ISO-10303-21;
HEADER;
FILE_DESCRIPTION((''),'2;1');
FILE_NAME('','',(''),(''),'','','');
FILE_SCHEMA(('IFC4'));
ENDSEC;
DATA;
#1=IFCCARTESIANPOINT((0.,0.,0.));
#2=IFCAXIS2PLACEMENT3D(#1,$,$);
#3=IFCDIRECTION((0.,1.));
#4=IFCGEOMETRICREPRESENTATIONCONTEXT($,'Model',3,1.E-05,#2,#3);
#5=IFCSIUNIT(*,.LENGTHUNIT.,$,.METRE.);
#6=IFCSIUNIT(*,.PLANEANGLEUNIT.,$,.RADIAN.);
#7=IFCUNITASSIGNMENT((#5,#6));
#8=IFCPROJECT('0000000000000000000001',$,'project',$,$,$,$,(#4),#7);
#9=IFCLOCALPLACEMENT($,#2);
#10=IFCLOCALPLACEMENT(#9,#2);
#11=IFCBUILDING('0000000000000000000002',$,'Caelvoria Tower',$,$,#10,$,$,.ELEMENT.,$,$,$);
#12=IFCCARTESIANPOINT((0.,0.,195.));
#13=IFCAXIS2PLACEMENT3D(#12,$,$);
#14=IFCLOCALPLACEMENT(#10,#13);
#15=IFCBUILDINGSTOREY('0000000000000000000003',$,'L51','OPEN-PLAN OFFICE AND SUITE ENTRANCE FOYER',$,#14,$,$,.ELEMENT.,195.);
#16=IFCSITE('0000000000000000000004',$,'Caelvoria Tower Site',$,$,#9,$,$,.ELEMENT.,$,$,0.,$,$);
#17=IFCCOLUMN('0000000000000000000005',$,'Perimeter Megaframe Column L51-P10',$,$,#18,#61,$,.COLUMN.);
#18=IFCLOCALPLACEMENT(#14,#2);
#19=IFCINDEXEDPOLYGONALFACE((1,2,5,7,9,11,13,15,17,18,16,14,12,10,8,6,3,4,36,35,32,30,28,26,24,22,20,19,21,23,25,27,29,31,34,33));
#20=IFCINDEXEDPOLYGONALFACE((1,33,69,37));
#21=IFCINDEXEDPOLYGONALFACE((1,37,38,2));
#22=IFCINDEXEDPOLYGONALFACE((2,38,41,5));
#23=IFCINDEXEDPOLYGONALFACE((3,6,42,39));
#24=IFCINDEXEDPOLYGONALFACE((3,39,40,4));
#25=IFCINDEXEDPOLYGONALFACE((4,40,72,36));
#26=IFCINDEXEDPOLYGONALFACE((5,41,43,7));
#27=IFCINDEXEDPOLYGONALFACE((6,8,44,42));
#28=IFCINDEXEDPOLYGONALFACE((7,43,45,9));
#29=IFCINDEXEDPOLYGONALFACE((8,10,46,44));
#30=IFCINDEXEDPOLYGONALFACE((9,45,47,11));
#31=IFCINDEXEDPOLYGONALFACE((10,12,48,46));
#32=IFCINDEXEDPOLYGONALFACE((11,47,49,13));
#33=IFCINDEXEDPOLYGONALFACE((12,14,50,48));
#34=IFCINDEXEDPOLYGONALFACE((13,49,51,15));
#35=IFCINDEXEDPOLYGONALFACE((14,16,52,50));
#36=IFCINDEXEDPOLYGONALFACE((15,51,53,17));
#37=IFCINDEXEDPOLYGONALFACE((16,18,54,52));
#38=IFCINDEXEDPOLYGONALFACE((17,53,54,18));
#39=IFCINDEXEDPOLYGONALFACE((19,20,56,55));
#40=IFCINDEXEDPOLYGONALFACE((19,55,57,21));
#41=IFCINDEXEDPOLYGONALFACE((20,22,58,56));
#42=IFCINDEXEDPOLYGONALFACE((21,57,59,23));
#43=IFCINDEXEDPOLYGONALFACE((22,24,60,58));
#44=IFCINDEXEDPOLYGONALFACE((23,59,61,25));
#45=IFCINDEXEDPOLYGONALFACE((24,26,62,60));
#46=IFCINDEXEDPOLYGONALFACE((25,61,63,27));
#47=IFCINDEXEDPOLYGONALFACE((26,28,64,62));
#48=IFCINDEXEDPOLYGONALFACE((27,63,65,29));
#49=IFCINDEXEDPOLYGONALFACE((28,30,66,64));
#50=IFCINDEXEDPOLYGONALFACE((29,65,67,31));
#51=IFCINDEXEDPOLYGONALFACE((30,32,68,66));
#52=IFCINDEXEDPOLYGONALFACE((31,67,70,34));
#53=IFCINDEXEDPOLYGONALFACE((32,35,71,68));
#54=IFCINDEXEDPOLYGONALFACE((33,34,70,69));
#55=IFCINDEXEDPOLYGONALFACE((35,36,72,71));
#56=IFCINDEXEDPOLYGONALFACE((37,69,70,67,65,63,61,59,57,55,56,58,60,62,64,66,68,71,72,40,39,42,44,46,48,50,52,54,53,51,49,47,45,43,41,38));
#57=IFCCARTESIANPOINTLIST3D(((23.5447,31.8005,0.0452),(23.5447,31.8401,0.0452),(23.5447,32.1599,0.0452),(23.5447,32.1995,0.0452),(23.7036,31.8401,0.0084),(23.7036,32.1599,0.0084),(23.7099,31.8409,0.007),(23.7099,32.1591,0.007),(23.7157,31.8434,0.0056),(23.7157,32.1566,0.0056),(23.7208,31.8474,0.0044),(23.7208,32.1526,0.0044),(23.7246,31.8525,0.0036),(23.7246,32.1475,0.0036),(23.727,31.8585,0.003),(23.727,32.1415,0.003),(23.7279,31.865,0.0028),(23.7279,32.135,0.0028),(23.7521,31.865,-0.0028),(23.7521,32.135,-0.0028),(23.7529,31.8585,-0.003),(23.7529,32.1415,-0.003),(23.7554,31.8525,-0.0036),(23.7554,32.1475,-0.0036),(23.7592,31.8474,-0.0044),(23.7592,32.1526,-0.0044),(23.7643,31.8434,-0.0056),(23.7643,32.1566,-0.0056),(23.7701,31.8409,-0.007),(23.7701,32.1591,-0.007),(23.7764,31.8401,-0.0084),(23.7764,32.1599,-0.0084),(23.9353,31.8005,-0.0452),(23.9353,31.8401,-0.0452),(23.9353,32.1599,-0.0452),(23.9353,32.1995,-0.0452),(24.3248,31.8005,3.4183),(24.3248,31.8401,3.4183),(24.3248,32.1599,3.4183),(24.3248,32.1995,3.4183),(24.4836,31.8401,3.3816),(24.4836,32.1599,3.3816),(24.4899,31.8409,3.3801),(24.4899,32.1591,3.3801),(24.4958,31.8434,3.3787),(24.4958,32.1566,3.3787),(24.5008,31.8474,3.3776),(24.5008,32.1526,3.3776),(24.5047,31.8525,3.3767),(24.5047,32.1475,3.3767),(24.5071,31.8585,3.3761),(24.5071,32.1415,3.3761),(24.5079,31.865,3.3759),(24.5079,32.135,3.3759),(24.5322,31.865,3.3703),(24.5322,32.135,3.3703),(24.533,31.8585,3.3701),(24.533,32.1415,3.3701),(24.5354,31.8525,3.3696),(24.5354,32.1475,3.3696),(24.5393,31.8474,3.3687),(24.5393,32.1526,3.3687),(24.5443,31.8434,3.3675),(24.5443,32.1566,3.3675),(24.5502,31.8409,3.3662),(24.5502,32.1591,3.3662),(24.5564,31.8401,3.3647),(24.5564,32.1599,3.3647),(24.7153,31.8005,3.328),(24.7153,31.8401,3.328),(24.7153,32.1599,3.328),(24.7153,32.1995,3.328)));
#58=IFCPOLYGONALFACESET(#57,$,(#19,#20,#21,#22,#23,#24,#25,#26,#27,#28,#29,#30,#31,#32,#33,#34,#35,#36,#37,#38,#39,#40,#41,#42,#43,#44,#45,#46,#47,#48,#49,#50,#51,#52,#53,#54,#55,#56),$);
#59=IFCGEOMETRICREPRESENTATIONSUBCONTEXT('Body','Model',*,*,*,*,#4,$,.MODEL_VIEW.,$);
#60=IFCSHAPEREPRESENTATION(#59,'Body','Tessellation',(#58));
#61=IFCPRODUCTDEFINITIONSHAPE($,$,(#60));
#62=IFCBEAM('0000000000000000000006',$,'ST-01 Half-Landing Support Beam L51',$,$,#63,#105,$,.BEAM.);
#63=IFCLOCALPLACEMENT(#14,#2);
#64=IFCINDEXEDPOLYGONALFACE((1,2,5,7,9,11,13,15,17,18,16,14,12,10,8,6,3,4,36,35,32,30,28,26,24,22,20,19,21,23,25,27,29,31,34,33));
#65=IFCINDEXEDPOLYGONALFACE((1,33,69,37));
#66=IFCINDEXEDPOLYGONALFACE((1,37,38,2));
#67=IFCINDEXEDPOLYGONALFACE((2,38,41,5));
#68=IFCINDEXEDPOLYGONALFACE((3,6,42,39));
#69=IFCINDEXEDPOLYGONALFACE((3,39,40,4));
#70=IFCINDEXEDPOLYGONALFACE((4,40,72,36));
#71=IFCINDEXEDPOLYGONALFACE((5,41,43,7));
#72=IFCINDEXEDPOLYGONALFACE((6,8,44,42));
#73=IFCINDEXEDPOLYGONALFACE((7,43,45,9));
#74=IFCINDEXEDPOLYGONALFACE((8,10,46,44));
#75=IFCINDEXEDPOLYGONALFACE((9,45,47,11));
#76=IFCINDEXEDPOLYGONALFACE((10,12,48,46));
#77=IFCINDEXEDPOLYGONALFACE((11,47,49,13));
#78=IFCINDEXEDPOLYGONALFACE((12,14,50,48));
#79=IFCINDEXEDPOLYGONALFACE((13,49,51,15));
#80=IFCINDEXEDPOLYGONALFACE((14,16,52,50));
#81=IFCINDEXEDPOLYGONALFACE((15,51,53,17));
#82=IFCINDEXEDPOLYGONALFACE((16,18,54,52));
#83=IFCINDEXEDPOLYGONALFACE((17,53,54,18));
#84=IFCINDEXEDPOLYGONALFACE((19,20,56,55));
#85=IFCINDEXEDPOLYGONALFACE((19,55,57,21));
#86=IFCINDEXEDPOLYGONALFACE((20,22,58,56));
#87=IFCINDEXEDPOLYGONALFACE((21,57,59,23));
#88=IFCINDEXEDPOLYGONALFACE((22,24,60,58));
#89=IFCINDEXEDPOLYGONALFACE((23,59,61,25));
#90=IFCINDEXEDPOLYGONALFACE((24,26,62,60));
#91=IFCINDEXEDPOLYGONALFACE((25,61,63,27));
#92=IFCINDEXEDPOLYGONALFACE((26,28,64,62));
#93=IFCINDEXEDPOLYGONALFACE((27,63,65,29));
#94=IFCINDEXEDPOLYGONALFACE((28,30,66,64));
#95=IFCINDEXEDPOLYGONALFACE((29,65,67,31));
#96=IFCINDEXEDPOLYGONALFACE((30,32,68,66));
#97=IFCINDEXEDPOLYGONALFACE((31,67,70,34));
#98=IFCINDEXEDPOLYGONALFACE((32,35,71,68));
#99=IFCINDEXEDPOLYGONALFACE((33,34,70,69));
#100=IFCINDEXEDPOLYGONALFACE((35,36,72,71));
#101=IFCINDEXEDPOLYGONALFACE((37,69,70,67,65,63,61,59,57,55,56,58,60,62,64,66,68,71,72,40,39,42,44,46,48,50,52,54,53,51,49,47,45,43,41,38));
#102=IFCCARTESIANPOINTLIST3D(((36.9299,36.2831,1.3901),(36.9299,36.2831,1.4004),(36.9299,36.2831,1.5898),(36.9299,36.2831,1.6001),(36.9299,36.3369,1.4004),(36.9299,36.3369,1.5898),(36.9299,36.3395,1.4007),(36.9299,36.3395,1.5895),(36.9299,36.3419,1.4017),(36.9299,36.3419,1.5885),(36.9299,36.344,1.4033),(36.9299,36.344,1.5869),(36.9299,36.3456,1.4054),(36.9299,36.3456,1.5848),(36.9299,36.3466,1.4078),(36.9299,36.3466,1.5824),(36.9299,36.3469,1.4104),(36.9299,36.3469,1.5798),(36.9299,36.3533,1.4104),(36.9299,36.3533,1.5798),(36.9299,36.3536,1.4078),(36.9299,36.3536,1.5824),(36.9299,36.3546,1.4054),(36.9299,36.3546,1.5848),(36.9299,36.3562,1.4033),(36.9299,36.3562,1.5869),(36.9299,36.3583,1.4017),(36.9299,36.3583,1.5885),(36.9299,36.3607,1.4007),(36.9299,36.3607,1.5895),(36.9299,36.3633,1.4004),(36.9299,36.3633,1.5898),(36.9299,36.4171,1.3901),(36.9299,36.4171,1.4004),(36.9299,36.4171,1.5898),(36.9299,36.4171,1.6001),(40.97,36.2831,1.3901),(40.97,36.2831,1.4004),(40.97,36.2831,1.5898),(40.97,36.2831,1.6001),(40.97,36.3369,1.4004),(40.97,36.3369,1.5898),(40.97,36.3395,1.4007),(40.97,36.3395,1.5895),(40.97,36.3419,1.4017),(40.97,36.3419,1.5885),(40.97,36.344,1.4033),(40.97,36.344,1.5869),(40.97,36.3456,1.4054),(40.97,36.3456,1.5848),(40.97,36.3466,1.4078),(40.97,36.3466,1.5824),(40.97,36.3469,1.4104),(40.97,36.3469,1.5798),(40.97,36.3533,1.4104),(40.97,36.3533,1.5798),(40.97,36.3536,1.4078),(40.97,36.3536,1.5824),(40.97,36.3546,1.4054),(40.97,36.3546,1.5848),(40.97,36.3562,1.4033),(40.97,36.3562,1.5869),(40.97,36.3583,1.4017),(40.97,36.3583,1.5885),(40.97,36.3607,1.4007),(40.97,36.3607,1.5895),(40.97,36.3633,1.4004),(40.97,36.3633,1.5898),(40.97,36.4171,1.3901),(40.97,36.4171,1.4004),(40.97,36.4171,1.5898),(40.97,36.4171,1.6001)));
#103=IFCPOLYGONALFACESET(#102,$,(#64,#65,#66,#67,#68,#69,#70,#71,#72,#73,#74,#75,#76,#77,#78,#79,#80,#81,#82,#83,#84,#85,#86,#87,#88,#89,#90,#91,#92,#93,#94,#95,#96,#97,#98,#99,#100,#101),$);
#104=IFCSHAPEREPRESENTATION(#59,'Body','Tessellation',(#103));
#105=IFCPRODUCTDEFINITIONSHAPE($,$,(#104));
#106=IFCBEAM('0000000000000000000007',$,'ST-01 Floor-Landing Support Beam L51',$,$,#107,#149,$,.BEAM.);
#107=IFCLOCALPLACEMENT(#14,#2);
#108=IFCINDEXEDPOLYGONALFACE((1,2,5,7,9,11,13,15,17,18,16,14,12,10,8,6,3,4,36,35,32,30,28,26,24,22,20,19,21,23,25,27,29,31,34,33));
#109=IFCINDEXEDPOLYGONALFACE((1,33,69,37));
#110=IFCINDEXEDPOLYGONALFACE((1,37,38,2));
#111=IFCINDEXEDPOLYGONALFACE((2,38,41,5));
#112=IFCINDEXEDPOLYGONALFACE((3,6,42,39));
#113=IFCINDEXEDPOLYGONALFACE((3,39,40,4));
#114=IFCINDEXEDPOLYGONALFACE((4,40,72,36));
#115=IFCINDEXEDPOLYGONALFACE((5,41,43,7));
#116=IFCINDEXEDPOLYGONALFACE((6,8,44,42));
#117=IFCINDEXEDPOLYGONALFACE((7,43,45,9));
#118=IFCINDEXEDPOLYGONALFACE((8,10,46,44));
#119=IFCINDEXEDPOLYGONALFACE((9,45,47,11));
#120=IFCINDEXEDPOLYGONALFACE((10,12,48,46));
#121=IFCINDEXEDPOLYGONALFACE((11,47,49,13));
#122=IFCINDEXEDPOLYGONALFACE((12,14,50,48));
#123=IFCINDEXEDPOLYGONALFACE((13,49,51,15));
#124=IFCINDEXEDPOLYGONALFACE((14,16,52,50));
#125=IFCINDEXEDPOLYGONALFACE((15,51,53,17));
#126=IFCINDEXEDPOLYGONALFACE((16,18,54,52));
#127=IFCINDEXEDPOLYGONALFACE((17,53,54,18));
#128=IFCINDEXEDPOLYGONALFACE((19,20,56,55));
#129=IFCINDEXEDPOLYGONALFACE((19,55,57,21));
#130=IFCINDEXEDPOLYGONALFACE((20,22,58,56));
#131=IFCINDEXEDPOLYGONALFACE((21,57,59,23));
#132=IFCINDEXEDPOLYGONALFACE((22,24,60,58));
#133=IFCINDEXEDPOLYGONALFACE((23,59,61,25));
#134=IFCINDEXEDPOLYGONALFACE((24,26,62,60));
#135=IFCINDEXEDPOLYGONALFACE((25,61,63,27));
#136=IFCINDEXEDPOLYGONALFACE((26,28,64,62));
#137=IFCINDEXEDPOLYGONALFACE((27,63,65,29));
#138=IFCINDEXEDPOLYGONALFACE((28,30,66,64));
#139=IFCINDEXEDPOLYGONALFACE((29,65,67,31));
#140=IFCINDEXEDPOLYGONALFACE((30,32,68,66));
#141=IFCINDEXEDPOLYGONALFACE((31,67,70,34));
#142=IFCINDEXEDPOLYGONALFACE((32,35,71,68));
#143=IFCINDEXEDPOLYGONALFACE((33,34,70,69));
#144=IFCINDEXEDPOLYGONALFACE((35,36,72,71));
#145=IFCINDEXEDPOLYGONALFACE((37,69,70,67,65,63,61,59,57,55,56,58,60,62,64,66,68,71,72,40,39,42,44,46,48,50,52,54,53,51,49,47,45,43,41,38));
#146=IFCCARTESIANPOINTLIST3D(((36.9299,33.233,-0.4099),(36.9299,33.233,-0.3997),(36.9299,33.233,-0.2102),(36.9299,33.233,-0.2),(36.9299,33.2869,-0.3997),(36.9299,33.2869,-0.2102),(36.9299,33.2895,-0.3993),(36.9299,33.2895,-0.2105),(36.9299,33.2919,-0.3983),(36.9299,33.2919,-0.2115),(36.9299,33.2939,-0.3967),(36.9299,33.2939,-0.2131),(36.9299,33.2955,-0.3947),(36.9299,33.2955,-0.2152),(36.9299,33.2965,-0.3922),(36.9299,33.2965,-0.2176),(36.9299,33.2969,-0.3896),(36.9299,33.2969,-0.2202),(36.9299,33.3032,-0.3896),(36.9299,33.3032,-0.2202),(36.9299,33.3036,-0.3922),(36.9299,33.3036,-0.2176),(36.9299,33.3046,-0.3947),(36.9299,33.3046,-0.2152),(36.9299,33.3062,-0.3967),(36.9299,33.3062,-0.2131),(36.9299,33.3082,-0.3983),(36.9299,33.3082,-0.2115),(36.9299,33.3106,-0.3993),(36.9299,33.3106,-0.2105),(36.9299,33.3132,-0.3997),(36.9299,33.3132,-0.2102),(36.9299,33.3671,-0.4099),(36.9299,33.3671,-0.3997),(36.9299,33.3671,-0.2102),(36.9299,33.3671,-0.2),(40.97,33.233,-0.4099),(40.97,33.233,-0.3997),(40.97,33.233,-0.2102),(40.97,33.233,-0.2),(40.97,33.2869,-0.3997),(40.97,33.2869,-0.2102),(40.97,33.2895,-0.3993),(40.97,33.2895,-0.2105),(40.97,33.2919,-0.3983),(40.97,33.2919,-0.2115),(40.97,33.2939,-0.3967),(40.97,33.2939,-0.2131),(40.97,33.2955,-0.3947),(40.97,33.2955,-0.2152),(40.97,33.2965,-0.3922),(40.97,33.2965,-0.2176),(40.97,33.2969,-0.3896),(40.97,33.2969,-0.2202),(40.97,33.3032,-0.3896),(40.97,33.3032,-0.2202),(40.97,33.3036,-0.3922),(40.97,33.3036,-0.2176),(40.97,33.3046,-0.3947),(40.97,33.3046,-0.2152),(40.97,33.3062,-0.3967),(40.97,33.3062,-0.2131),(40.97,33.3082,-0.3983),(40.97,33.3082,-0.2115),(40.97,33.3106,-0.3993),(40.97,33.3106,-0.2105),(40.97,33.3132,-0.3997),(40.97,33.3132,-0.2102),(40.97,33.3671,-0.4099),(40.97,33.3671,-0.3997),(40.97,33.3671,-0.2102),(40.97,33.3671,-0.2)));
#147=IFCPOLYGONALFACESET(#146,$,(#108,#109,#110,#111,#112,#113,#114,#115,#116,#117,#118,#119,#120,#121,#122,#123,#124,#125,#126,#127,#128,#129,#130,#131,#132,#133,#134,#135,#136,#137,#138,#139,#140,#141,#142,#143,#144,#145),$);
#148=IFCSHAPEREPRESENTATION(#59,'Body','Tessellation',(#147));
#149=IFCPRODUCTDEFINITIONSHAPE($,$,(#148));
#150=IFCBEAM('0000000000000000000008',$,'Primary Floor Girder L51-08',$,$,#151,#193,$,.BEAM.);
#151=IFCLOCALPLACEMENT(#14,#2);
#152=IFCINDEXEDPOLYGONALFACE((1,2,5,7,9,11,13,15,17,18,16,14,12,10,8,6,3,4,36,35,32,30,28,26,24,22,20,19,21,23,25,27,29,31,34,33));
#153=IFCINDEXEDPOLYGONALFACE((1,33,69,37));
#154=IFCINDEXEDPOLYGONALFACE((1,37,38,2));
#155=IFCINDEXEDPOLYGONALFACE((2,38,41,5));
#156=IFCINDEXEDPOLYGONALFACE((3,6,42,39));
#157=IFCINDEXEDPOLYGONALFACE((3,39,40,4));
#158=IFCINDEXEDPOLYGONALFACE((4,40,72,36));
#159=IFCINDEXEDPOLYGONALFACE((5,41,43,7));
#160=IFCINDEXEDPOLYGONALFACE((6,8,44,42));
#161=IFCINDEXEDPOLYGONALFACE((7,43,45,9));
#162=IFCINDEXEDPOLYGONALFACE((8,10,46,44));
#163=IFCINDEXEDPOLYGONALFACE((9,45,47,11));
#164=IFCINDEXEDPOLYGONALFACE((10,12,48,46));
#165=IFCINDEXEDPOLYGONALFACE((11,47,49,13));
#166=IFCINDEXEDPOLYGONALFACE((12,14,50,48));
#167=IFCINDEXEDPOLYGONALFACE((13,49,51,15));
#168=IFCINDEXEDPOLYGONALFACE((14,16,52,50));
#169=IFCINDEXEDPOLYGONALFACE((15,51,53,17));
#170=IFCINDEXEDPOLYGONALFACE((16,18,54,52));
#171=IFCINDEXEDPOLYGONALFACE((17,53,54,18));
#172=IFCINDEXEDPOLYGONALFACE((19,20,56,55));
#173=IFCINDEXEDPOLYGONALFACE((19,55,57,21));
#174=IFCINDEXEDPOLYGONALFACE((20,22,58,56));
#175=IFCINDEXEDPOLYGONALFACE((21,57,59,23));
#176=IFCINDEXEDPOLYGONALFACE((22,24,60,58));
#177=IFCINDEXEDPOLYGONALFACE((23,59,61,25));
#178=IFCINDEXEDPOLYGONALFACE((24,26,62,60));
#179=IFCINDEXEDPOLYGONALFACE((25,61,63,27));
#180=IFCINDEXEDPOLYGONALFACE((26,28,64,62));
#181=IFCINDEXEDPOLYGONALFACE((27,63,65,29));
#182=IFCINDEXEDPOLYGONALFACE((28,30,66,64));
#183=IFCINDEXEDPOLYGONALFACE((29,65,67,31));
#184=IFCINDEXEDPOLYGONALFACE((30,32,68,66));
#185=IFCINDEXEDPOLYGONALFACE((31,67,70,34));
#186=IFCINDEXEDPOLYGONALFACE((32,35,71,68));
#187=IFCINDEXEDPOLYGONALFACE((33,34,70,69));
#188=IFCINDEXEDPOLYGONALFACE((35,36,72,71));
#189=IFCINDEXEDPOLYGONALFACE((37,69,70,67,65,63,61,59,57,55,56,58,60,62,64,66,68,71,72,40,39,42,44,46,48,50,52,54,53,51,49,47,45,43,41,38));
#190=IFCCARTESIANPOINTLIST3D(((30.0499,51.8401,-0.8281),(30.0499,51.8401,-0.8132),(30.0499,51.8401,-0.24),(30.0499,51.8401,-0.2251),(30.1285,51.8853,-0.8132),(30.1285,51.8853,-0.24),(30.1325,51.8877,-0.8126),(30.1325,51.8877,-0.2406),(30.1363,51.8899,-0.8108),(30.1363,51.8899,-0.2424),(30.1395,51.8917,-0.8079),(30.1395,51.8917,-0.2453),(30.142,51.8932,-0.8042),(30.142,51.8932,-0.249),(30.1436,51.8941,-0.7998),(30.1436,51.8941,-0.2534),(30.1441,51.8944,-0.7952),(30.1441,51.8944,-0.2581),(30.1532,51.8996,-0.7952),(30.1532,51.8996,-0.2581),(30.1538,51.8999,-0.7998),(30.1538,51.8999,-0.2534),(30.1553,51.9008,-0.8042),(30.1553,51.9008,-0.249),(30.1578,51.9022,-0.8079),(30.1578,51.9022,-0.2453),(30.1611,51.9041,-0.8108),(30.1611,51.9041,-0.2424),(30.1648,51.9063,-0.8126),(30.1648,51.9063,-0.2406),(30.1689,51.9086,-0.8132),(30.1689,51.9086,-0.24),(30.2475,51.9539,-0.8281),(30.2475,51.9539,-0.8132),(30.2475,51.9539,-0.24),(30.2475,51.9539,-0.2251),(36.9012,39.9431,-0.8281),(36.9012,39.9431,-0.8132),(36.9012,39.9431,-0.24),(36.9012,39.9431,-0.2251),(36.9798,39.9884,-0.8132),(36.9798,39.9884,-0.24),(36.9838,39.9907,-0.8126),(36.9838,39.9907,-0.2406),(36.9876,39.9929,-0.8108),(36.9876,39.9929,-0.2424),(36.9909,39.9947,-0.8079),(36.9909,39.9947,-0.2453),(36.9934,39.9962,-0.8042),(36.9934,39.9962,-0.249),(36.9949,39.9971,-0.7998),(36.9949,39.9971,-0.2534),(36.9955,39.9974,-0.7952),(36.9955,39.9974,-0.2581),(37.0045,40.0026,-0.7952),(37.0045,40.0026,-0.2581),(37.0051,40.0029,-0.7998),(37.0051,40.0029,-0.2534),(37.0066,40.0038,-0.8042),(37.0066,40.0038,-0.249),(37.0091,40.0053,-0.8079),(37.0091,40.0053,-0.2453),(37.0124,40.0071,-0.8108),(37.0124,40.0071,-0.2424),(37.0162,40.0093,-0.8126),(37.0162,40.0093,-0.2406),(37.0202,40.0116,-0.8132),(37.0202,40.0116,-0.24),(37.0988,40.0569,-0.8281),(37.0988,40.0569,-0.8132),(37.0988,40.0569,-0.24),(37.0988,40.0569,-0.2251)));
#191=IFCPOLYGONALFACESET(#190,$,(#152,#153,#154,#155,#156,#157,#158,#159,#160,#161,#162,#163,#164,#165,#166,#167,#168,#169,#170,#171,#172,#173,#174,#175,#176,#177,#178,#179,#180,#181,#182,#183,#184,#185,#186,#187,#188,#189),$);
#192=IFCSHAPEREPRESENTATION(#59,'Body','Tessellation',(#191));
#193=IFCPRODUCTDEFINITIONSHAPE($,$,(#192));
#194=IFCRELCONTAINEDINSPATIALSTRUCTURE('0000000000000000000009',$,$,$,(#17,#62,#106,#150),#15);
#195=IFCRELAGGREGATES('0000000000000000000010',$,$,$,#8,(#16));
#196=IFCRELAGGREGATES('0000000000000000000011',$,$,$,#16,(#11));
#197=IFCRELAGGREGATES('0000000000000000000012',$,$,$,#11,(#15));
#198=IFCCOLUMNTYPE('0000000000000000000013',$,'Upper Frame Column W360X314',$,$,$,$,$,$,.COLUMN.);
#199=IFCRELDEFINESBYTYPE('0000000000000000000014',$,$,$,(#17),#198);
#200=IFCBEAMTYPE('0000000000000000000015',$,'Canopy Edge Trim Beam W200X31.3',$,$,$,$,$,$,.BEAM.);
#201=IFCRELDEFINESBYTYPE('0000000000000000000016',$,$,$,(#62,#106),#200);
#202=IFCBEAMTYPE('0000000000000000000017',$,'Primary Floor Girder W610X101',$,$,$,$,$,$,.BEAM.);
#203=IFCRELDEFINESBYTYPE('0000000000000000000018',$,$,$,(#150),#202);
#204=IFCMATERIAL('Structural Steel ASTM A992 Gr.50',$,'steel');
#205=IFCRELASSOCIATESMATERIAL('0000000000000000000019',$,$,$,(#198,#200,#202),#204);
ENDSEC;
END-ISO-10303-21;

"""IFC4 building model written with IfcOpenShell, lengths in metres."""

from ifc_helpers import new_model, si_unit, direction, frame, origin, origin_2d, place, context, subcontext, project, spatial, i_section, extrude, material, material_profile, profile_set, type_object, element, save


model = new_model("IFC4")

# Units and contexts
model_context = context("Model", 3, precision=1e-05, world=origin(), true_north=direction((0.0, 1.0)))
body_context = subcontext(model_context, "Body", "Model", "MODEL_VIEW")
ifc_project = project(units=[si_unit("LENGTHUNIT", "METRE"), si_unit("PLANEANGLEUNIT", "RADIAN")], contexts=[model_context])

# Site, building, storey
site_placement = place(None, origin())
site = spatial("IfcSite", under=ifc_project, at=site_placement, Name="Caelvoria Tower Site", CompositionType="ELEMENT", RefElevation=0.0)
building_placement = place(site_placement, origin())
building = spatial("IfcBuilding", under=site, at=building_placement, Name="Caelvoria Tower", CompositionType="ELEMENT")
storey_placement = place(building_placement, frame((0.0, 0.0, 195.0)))
storey = spatial("IfcBuildingStorey", under=building, at=storey_placement, Name="L51", Description="OPEN-PLAN OFFICE AND SUITE ENTRANCE FOYER", CompositionType="ELEMENT", Elevation=195.0)

# Column
ifc_material_1 = material(Name="Structural Steel ASTM A992 Gr.50", Category="steel")
ifc_material_profile_1 = material_profile(ifc_material_1, i_section(OverallWidth=0.4009, OverallDepth=0.3989, WebThickness=0.0249, FlangeThickness=0.0396, FilletRadius=0.0249, at=origin_2d()), Name="Structural Steel ASTM A992 Gr.50")
ifc_profile_set_1 = profile_set([ifc_material_profile_1], Name="W360X314 - Structural Steel ASTM A992 Gr.50")
column_type = type_object("IfcColumnType", Name="Upper Frame Column W360X314", PredefinedType="COLUMN", material=ifc_profile_set_1)
column_placement = place(storey_placement, frame((23.74, 32.0, 0.0), z_axis=(0.225308, 0.0, 0.974288), x_axis=(-0.974288, 0.0, 0.225308)))
element("IfcColumn", 1, at=column_placement, inside=storey, type_object=column_type, Name="Perimeter Megaframe Column L51-P10", PredefinedType="COLUMN", context=body_context, shape_type="SweptSolid", body=[
    extrude(i_section(OverallWidth=0.4009, OverallDepth=0.3989, WebThickness=0.0249, FlangeThickness=0.0396, FilletRadius=0.0249, at=origin_2d()), origin(), (0.0, 0.0, 1.0), 3.4622),
])

# Beams
ifc_material_profile_2 = material_profile(ifc_material_1, i_section(OverallWidth=0.134, OverallDepth=0.21, WebThickness=0.0063, FlangeThickness=0.0103, FilletRadius=0.01, at=origin_2d()), Name="Structural Steel ASTM A992 Gr.50")
ifc_profile_set_2 = profile_set([ifc_material_profile_2], Name="W200X31.3 - Structural Steel ASTM A992 Gr.50")
beam_type_1 = type_object("IfcBeamType", Name="Canopy Edge Trim Beam W200X31.3", PredefinedType="BEAM", material=ifc_profile_set_2)
for number, where, z_axis, x_axis, name in (
    (2, (36.9299, 36.3501, 1.4951), (1.0, 0.0, 0.0), (0.0, 1.0, 0.0), "ST-01 Half-Landing Support Beam L51"),
    (3, (36.9299, 33.3, -0.3049), (1.0, 0.0, 0.0), (0.0, 1.0, 0.0), "ST-01 Floor-Landing Support Beam L51"),
):
    element("IfcBeam", number, at=place(storey_placement, frame(where, z_axis=z_axis, x_axis=x_axis)), inside=storey, type_object=beam_type_1, Name=name, PredefinedType="BEAM", context=body_context, shape_type="SweptSolid", body=[
        extrude(i_section(OverallWidth=0.134, OverallDepth=0.21, WebThickness=0.0063, FlangeThickness=0.0103, FilletRadius=0.01, at=origin_2d()), origin(), (0.0, 0.0, 1.0), 4.04),
    ])
ifc_material_profile_3 = material_profile(ifc_material_1, i_section(OverallWidth=0.228, OverallDepth=0.603, WebThickness=0.0105, FlangeThickness=0.0149, FilletRadius=0.0181, at=origin_2d()), Name="Structural Steel ASTM A992 Gr.50")
ifc_profile_set_3 = profile_set([ifc_material_profile_3], Name="W610X101 - Structural Steel ASTM A992 Gr.50")
beam_type_2 = type_object("IfcBeamType", Name="Primary Floor Girder W610X101", PredefinedType="BEAM", material=ifc_profile_set_3)
beam_1_placement = place(storey_placement, frame((37.0, 40.0, -0.5266), z_axis=(-0.499049, 0.866574, 0.0), x_axis=(-0.866574, -0.499049, 0.0)))
element("IfcBeam", 4, at=beam_1_placement, inside=storey, type_object=beam_type_2, Name="Primary Floor Girder L51-08", PredefinedType="BEAM", context=body_context, shape_type="SweptSolid", body=[
    extrude(i_section(OverallWidth=0.228, OverallDepth=0.603, WebThickness=0.0105, FlangeThickness=0.0149, FilletRadius=0.0181, at=origin_2d()), origin(), (0.0, 0.0, 1.0), 13.7288),
])

save(model, "model.ifc")
